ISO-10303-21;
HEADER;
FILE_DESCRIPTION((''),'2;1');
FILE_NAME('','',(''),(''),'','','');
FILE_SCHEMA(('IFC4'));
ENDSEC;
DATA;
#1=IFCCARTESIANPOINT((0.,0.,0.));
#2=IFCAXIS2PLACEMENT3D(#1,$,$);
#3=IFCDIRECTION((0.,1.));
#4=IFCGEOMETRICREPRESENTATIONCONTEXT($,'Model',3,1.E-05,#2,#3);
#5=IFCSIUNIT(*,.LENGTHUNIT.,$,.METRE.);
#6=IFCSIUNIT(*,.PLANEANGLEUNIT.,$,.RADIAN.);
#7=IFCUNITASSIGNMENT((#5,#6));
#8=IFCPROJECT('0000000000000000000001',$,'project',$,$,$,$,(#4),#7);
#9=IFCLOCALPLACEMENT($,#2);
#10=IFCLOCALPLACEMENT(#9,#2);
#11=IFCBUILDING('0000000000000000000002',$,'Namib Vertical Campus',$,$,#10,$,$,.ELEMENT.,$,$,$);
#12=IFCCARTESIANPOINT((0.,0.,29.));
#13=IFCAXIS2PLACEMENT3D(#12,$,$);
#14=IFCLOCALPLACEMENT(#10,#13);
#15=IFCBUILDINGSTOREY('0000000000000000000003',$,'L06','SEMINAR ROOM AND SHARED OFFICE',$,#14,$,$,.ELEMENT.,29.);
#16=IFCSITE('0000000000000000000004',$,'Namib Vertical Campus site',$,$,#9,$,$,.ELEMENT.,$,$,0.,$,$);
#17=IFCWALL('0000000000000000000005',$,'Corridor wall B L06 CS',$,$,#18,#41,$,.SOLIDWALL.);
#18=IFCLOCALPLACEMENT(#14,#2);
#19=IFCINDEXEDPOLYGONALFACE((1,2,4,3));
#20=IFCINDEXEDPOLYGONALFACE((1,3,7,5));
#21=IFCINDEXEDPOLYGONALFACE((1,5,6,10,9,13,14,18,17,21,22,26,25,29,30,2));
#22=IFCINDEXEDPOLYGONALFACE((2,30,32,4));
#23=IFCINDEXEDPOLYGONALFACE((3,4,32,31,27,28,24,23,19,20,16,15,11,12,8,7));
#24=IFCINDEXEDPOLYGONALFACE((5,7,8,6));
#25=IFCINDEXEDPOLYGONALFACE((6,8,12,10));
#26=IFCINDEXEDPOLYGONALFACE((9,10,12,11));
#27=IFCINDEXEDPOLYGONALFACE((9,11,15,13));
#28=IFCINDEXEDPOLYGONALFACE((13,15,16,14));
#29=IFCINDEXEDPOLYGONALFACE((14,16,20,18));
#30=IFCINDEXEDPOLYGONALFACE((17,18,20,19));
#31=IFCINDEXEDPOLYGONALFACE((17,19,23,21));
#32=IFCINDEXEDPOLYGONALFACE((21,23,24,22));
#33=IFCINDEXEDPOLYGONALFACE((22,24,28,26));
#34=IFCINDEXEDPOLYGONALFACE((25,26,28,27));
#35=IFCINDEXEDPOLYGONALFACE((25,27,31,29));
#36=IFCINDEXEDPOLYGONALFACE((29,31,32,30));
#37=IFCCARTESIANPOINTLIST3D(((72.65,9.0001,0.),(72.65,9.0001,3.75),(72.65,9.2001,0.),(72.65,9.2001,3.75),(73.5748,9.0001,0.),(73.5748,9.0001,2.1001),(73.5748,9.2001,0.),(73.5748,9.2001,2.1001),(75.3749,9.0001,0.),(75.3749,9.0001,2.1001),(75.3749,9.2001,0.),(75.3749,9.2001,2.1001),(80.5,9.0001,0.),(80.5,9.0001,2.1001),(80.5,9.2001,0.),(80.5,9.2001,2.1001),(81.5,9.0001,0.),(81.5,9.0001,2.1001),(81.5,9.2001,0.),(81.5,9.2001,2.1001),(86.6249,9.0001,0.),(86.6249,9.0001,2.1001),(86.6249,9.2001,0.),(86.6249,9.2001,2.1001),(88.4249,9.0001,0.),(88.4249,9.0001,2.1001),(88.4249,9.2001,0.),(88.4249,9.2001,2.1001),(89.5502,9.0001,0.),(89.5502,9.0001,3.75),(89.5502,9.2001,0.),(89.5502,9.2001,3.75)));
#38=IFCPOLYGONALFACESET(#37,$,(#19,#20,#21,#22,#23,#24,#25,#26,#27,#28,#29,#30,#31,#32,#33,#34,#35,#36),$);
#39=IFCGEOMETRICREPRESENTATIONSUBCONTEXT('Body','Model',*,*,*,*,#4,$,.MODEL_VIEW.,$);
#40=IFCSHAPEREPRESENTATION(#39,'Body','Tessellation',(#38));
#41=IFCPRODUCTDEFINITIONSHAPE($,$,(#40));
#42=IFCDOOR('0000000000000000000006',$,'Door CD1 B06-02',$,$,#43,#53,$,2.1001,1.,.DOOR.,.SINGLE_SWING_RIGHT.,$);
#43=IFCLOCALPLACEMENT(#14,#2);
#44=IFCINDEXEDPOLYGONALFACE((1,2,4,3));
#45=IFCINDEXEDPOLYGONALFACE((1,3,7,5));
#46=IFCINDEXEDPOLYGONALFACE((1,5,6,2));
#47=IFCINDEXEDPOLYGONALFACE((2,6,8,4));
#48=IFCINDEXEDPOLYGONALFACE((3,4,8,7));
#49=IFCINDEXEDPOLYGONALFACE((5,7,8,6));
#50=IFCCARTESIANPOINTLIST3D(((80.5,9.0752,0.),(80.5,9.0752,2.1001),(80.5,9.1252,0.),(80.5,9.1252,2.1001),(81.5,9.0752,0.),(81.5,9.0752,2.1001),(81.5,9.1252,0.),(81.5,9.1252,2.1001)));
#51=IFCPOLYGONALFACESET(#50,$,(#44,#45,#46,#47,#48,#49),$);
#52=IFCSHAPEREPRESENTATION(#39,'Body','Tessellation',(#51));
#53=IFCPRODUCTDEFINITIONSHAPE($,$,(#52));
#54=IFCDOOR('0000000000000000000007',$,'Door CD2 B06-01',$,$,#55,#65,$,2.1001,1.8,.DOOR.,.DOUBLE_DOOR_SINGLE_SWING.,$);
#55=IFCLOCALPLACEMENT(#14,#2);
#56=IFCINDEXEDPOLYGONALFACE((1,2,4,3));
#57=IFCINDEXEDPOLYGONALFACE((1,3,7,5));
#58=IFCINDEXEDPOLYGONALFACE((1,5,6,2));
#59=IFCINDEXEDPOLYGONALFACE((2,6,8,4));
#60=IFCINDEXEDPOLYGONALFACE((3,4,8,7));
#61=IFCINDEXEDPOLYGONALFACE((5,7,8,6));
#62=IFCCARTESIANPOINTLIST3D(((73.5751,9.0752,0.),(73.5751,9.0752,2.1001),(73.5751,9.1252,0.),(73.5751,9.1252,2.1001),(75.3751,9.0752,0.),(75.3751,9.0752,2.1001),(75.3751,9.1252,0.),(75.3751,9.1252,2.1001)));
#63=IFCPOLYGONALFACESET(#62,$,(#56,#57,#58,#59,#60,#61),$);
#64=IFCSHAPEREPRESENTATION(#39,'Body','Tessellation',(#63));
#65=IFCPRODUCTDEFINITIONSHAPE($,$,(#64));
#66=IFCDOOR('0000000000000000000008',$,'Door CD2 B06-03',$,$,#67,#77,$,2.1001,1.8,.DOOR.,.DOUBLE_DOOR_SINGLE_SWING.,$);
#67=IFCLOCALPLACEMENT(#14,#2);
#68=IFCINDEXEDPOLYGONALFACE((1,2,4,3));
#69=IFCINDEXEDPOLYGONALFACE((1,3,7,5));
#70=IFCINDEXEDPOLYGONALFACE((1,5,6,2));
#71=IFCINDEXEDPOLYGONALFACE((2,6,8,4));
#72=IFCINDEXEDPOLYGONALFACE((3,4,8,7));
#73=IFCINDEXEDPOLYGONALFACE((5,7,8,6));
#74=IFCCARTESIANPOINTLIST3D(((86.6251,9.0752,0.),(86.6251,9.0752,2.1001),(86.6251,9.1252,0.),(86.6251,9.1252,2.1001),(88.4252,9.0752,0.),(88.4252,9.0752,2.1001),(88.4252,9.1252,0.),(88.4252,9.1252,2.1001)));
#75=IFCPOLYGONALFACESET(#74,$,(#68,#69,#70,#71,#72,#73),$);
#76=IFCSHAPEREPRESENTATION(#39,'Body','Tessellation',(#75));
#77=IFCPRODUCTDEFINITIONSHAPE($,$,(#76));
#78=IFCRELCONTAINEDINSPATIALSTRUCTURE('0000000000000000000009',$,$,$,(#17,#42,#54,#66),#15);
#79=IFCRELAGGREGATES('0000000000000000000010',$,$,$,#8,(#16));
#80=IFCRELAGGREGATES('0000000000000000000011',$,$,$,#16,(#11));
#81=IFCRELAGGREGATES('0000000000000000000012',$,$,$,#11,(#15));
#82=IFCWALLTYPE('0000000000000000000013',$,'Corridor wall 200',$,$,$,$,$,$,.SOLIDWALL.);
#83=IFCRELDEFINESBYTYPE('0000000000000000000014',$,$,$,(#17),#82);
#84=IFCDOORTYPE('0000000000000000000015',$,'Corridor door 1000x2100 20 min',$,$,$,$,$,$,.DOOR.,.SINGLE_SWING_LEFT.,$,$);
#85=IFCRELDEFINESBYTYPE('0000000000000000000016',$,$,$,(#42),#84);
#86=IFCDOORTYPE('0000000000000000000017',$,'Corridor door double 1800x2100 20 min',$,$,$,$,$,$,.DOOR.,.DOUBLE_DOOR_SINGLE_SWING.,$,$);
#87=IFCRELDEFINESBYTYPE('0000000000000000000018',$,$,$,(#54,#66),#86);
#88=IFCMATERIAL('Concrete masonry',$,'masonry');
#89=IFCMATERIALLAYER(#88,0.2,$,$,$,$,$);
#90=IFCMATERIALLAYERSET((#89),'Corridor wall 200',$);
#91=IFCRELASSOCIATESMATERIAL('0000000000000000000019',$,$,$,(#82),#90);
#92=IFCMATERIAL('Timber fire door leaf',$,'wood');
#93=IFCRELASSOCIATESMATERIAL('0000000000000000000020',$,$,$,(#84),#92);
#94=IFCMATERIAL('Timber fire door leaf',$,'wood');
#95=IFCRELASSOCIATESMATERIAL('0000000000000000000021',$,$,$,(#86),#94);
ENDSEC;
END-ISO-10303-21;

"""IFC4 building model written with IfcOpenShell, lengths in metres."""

from ifc_helpers import new_model, si_unit, direction, frame, frame_2d, origin, place, context, subcontext, project, spatial, rectangle, extrude, material, layer, layer_set, type_object, element, fill, save


model = new_model("IFC4")

# Units and contexts
model_context = context("Model", 3, precision=1e-05, world=origin(), true_north=direction((0.0, 1.0)))
body_context = subcontext(model_context, "Body", "Model", "MODEL_VIEW")
ifc_project = project(units=[si_unit("LENGTHUNIT", "METRE"), si_unit("PLANEANGLEUNIT", "RADIAN")], contexts=[model_context])

# Site, building, storey
site_placement = place(None, origin())
site = spatial("IfcSite", under=ifc_project, at=site_placement, Name="Namib Vertical Campus site", CompositionType="ELEMENT", RefElevation=0.0)
building_placement = place(site_placement, origin())
building = spatial("IfcBuilding", under=site, at=building_placement, Name="Namib Vertical Campus", CompositionType="ELEMENT")
storey_placement = place(building_placement, frame((0.0, 0.0, 29.0)))
storey = spatial("IfcBuildingStorey", under=building, at=storey_placement, Name="L06", Description="SEMINAR ROOM AND SHARED OFFICE", CompositionType="ELEMENT", Elevation=29.0)

# Wall, openings, doors
ifc_material_1 = material(Name="Concrete masonry", Category="masonry")
ifc_layer_1 = layer(ifc_material_1, 0.2)
ifc_layer_set_1 = layer_set([ifc_layer_1], Name="Corridor wall 200")
wall_type_1 = type_object("IfcWallType", Name="Corridor wall 200", PredefinedType="SOLIDWALL", material=ifc_layer_set_1)
wall_1_placement = place(storey_placement, frame((72.6499, 9.1001, 0.0), z_axis=(0.0, 0.0, 1.0), x_axis=(1.0, 0.0, 0.0)))
wall_1 = element("IfcWall", 1, at=wall_1_placement, inside=storey, type_object=wall_type_1, Name="Corridor wall B L06 CS", PredefinedType="SOLIDWALL", context=body_context, shape_type="SweptSolid", body=[
    extrude(rectangle(XDim=16.9001, YDim=0.2, at=frame_2d((8.4502, 0.0))), origin(), (0.0, 0.0, 1.0), 3.75),
])
opening_1_placement = place(wall_1_placement, frame((0.925, 0.0, 0.0)))
opening_1 = element("IfcOpeningElement", 2, at=opening_1_placement, cuts=wall_1, PredefinedType="OPENING", context=body_context, shape_type="SweptSolid", body=[
    extrude(rectangle(XDim=1.8, YDim=2.1001, at=frame_2d((0.8999, 1.05))), frame((0.0, 0.1099, 0.0), z_axis=(0.0, -1.0, 0.0), x_axis=(1.0, 0.0, 0.0)), (0.0, 0.0, 1.0), 0.22),
])
opening_2_placement = place(wall_1_placement, frame((7.8501, 0.0, 0.0)))
opening_2 = element("IfcOpeningElement", 3, at=opening_2_placement, cuts=wall_1, PredefinedType="OPENING", context=body_context, shape_type="SweptSolid", body=[
    extrude(rectangle(XDim=1.0, YDim=2.1001, at=frame_2d((0.5, 1.05))), frame((0.0, 0.1099, 0.0), z_axis=(0.0, -1.0, 0.0), x_axis=(1.0, 0.0, 0.0)), (0.0, 0.0, 1.0), 0.22),
])
opening_3_placement = place(wall_1_placement, frame((13.9751, 0.0, 0.0)))
opening_3 = element("IfcOpeningElement", 4, at=opening_3_placement, cuts=wall_1, PredefinedType="OPENING", context=body_context, shape_type="SweptSolid", body=[
    extrude(rectangle(XDim=1.8, YDim=2.1001, at=frame_2d((0.8999, 1.05))), frame((0.0, 0.1099, 0.0), z_axis=(0.0, -1.0, 0.0), x_axis=(1.0, 0.0, 0.0)), (0.0, 0.0, 1.0), 0.22),
])
ifc_material_2 = material(Name="Timber fire door leaf", Category="wood")
door_type_1 = type_object("IfcDoorType", Name="Corridor door 1000x2100 20 min", OperationType="SINGLE_SWING_LEFT", PredefinedType="DOOR", material=ifc_material_2)
door_1_placement = place(opening_2_placement, frame((1.0, 0.0, 0.0), z_axis=(0.0, 0.0, 1.0), x_axis=(-1.0, 0.0, 0.0)))
door_1 = element("IfcDoor", 5, at=door_1_placement, inside=storey, type_object=door_type_1, Name="Door CD1 B06-02", OperationType="SINGLE_SWING_RIGHT", OverallHeight=2.1001, OverallWidth=1.0, PredefinedType="DOOR", context=body_context, shape_type="SweptSolid", body=[
    extrude(rectangle(XDim=1.0, YDim=2.1001, at=frame_2d((0.5, 1.05))), frame((0.0, 0.0249, 0.0), z_axis=(0.0, -1.0, 0.0), x_axis=(1.0, 0.0, 0.0)), (0.0, 0.0, 1.0), 0.05),
])
fill(opening_2, door_1)
ifc_material_3 = material(Name="Timber fire door leaf", Category="wood")
door_type_2 = type_object("IfcDoorType", Name="Corridor door double 1800x2100 20 min", OperationType="DOUBLE_DOOR_SINGLE_SWING", PredefinedType="DOOR", material=ifc_material_3)
door_2_placement = place(opening_1_placement, frame((1.8, 0.0, 0.0), z_axis=(0.0, 0.0, 1.0), x_axis=(-1.0, 0.0, 0.0)))
door_2 = element("IfcDoor", 6, at=door_2_placement, inside=storey, type_object=door_type_2, Name="Door CD2 B06-01", OperationType="DOUBLE_DOOR_SINGLE_SWING", OverallHeight=2.1001, OverallWidth=1.8, PredefinedType="DOOR", context=body_context, shape_type="SweptSolid", body=[
    extrude(rectangle(XDim=1.8, YDim=2.1001, at=frame_2d((0.8999, 1.05))), frame((0.0, 0.0249, 0.0), z_axis=(0.0, -1.0, 0.0), x_axis=(1.0, 0.0, 0.0)), (0.0, 0.0, 1.0), 0.05),
])
fill(opening_1, door_2)
door_3_placement = place(opening_3_placement, frame((1.8, 0.0, 0.0), z_axis=(0.0, 0.0, 1.0), x_axis=(-1.0, 0.0, 0.0)))
door_3 = element("IfcDoor", 7, at=door_3_placement, inside=storey, type_object=door_type_2, Name="Door CD2 B06-03", OperationType="DOUBLE_DOOR_SINGLE_SWING", OverallHeight=2.1001, OverallWidth=1.8, PredefinedType="DOOR", context=body_context, shape_type="SweptSolid", body=[
    extrude(rectangle(XDim=1.8, YDim=2.1001, at=frame_2d((0.8999, 1.05))), frame((0.0, 0.0249, 0.0), z_axis=(0.0, -1.0, 0.0), x_axis=(1.0, 0.0, 0.0)), (0.0, 0.0, 1.0), 0.05),
])
fill(opening_3, door_3)

save(model, "model.ifc")
